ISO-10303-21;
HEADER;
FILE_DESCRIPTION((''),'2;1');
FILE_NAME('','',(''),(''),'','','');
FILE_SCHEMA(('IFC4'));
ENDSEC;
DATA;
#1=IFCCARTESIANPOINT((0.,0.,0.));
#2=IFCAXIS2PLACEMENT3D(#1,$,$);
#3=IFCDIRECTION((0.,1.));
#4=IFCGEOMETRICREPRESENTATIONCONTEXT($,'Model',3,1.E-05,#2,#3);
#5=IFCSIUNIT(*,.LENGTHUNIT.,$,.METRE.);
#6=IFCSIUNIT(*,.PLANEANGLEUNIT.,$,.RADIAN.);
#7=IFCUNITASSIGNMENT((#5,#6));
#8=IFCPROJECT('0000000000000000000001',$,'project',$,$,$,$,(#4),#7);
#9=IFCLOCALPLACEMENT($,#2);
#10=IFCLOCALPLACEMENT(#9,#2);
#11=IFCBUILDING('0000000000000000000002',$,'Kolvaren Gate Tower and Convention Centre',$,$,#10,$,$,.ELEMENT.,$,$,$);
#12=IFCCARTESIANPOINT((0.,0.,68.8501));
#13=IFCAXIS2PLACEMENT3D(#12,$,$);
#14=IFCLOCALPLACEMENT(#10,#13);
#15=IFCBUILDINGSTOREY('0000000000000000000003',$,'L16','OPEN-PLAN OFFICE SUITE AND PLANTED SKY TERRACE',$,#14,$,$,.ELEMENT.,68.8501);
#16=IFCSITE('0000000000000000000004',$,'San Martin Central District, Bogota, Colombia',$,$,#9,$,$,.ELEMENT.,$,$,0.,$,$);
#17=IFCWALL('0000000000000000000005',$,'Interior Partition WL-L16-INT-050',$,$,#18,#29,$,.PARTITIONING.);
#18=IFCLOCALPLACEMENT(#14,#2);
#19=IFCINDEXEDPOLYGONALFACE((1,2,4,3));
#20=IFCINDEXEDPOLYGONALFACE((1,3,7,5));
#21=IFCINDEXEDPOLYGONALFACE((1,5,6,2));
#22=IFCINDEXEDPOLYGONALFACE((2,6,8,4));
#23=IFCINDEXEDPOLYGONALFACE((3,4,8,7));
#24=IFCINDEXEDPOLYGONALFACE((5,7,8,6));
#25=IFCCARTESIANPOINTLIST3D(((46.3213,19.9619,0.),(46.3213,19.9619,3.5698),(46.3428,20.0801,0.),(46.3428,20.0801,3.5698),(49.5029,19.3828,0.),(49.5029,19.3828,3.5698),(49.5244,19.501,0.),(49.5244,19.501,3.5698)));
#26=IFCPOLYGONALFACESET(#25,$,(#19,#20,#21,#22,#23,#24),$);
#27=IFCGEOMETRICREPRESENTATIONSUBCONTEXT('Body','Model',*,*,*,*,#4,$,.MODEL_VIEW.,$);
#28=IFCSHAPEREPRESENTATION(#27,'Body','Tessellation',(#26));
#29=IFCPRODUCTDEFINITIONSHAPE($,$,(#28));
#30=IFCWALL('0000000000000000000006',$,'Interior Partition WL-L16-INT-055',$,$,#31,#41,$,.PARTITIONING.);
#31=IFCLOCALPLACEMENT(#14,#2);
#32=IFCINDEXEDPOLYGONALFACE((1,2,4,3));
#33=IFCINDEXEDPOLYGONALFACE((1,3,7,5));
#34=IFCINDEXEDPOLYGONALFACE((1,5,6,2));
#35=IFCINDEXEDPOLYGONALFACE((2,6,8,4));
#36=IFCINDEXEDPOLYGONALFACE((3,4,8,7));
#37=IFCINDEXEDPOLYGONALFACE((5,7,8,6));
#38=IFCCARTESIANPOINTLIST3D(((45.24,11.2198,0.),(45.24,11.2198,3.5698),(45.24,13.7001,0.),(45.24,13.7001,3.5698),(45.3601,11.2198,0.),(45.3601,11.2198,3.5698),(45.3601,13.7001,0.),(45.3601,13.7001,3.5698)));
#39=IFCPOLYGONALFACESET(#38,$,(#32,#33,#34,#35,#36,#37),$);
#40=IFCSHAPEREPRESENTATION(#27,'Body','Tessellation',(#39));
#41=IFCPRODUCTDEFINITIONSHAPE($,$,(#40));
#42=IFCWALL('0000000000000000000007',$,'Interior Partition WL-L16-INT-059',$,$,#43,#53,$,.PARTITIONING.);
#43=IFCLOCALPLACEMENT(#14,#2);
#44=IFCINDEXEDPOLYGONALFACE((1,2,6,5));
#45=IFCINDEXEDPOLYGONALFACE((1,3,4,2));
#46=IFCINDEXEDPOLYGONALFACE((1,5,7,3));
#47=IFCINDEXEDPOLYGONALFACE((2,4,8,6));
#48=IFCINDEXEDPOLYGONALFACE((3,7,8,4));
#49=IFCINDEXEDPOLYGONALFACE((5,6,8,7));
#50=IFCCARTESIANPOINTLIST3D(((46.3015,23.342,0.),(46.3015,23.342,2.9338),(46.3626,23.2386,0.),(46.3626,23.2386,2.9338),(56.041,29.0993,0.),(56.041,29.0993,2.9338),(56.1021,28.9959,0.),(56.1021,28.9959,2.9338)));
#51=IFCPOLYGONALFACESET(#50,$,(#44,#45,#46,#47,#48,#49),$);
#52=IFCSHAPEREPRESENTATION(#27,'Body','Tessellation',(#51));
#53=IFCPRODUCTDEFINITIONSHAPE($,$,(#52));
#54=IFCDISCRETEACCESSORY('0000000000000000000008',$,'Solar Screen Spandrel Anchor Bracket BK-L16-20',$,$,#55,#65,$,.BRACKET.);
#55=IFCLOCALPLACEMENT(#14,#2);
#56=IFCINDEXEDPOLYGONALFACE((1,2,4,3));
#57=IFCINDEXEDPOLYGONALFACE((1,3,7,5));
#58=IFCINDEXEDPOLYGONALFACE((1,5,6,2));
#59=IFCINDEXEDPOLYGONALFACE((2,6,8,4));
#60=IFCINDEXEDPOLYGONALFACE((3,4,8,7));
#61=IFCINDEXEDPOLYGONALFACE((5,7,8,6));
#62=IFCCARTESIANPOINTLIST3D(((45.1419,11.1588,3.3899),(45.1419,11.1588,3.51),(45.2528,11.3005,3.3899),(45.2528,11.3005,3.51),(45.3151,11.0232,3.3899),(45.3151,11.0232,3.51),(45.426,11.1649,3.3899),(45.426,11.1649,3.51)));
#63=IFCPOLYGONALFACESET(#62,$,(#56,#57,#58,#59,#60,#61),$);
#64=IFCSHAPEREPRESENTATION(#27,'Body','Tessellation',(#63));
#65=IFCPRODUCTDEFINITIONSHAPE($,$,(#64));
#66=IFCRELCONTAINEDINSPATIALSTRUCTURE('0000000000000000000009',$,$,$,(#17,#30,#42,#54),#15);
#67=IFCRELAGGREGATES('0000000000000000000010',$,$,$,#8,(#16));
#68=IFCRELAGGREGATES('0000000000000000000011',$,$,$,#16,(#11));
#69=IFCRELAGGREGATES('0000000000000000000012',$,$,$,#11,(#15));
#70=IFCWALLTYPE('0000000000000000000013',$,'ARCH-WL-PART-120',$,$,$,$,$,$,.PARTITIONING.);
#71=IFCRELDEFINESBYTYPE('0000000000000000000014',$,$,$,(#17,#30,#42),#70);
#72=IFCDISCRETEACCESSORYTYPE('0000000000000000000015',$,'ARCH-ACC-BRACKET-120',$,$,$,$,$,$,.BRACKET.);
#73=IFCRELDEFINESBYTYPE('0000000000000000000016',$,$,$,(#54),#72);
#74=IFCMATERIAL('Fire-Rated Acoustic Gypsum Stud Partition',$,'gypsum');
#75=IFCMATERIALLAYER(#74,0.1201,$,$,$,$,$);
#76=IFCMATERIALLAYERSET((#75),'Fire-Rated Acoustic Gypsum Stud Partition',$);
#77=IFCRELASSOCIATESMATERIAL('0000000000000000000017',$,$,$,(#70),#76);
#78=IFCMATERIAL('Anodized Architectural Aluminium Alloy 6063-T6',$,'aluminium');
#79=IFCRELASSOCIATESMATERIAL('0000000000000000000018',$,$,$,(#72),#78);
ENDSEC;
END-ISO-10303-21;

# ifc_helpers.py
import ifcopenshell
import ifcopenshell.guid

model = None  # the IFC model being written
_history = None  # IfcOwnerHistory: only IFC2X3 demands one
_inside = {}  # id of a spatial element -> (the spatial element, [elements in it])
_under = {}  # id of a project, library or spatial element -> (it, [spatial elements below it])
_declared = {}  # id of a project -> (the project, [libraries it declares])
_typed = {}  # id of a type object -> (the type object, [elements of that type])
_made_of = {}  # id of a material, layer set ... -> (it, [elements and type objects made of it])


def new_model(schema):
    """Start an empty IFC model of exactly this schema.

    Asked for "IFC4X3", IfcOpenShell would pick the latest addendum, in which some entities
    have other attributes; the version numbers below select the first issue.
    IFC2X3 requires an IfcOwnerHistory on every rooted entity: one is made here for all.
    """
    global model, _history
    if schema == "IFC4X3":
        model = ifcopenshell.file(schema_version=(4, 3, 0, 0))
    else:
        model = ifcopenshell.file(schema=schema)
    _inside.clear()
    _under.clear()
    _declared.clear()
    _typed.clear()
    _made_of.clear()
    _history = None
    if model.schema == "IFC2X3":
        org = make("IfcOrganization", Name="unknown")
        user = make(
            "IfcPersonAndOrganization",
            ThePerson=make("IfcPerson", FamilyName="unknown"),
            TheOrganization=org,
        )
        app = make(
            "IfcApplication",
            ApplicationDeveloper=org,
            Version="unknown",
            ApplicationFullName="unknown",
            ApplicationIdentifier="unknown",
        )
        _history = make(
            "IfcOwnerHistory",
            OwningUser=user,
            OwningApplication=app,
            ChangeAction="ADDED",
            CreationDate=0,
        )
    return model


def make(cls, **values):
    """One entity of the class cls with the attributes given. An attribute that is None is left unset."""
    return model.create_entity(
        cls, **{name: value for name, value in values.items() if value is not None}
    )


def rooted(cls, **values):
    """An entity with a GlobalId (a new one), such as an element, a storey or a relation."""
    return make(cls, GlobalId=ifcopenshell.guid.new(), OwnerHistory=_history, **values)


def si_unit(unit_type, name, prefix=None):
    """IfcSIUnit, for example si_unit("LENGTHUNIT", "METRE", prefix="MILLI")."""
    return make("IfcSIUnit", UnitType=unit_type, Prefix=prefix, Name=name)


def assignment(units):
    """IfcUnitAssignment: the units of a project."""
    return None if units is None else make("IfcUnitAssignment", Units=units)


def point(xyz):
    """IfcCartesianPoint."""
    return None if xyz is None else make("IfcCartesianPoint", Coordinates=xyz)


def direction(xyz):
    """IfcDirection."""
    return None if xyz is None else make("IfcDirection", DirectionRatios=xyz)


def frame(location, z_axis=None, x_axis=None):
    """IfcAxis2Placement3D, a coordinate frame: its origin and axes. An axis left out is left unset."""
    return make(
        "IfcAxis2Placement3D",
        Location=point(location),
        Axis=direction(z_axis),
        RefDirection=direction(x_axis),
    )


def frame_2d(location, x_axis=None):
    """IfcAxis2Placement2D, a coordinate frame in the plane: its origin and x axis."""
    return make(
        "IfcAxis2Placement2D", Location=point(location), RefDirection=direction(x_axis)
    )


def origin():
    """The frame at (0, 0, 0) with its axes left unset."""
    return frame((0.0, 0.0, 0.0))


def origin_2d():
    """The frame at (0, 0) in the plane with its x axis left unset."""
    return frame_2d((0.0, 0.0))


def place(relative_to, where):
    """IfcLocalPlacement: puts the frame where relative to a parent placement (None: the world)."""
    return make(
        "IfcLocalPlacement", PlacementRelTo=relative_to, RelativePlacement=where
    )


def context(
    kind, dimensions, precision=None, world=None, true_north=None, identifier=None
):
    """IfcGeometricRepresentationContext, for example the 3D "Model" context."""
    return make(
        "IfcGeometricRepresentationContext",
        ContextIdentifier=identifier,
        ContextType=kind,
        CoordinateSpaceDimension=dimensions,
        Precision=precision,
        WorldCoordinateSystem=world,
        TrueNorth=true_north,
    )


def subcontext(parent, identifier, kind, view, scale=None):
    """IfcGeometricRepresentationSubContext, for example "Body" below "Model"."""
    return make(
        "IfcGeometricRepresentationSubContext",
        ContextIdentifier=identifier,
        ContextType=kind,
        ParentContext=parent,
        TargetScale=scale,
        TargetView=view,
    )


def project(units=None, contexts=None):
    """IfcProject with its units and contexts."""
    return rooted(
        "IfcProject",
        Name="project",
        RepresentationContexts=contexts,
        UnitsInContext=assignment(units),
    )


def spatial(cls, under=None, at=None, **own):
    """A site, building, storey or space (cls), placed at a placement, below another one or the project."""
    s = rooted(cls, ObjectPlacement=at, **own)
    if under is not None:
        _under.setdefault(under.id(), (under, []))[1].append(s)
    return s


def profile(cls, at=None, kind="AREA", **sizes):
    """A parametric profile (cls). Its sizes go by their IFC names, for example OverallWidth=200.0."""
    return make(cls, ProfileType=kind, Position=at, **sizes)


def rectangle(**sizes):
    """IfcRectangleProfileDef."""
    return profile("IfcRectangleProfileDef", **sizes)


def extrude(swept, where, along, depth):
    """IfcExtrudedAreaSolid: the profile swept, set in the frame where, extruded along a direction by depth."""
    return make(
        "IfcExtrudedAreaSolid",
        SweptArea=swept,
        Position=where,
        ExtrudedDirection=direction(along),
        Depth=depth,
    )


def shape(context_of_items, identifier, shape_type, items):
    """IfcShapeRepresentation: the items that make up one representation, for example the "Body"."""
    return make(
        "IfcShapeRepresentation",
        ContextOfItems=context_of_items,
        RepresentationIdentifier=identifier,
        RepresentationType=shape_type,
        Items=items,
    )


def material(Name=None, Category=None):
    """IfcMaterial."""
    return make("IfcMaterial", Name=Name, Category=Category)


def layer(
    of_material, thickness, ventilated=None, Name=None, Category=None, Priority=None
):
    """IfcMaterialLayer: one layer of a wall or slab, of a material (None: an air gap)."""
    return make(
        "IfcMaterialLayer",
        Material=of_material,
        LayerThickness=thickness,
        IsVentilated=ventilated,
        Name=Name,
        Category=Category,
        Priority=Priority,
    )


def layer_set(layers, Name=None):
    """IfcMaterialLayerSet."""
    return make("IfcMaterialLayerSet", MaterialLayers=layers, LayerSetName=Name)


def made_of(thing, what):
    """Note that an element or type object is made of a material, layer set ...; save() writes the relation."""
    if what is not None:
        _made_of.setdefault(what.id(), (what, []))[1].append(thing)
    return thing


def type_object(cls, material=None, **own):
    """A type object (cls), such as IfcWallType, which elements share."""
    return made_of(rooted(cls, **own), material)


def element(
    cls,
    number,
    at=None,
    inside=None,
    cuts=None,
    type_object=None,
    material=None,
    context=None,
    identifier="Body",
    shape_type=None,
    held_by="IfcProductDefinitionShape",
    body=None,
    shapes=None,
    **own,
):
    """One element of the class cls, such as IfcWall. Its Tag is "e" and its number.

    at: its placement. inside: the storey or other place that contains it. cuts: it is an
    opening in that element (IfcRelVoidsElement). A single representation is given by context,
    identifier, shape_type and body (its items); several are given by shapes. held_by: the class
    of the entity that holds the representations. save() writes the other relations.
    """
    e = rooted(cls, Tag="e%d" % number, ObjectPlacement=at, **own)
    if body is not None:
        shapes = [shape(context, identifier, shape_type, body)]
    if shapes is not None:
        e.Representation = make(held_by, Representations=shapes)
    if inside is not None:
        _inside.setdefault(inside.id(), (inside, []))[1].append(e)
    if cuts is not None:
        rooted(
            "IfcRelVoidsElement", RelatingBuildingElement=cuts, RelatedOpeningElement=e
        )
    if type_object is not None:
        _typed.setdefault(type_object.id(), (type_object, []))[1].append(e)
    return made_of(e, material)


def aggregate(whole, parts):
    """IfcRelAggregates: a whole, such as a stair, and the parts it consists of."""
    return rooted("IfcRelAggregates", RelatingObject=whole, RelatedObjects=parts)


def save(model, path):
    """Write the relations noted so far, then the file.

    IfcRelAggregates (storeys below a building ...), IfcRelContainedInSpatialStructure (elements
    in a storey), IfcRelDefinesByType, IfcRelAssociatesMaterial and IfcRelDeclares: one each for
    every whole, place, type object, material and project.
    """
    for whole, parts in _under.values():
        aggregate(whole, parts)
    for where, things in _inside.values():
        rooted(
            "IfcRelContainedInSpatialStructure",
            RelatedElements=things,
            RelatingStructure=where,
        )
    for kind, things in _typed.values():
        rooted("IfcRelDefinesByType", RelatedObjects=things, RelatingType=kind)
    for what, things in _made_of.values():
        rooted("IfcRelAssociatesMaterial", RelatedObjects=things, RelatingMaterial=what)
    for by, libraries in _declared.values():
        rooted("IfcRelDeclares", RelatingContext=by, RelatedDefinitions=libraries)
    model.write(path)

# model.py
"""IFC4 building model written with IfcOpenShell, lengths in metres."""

from ifc_helpers import new_model, si_unit, direction, frame, frame_2d, origin, origin_2d, place, context, subcontext, project, spatial, rectangle, extrude, material, layer, layer_set, type_object, element, save


model = new_model("IFC4")

# Units and contexts
model_context = context("Model", 3, precision=1e-05, world=origin(), true_north=direction((0.0, 1.0)))
body_context = subcontext(model_context, "Body", "Model", "MODEL_VIEW")
ifc_project = project(units=[si_unit("LENGTHUNIT", "METRE"), si_unit("PLANEANGLEUNIT", "RADIAN")], contexts=[model_context])

# Site, building, storey
site_placement = place(None, origin())
site = spatial("IfcSite", under=ifc_project, at=site_placement, Name="San Martin Central District, Bogota, Colombia", CompositionType="ELEMENT", RefElevation=0.0)
building_placement = place(site_placement, origin())
building = spatial("IfcBuilding", under=site, at=building_placement, Name="Kolvaren Gate Tower and Convention Centre", CompositionType="ELEMENT")
storey_placement = place(building_placement, frame((0.0, 0.0, 68.8501)))
storey = spatial("IfcBuildingStorey", under=building, at=storey_placement, Name="L16", Description="OPEN-PLAN OFFICE SUITE AND PLANTED SKY TERRACE", CompositionType="ELEMENT", Elevation=68.8501)

# Shared definitions
ifc_material_1 = material(Name="Anodized Architectural Aluminium Alloy 6063-T6", Category="aluminium")

# Shared definitions
ifc_material_2 = material(Name="Fire-Rated Acoustic Gypsum Stud Partition", Category="gypsum")
ifc_layer_1 = layer(ifc_material_2, 0.1201)
ifc_layer_set_1 = layer_set([ifc_layer_1], Name="Fire-Rated Acoustic Gypsum Stud Partition")
wall_type = type_object("IfcWallType", Name="ARCH-WL-PART-120", PredefinedType="PARTITIONING", material=ifc_layer_set_1)

# Walls
wall_1_placement = place(storey_placement, frame((46.332, 20.021, 0.0), z_axis=(0.0, 0.0, 1.0), x_axis=(0.983836, -0.179071, 0.0)))
element("IfcWall", 1, at=wall_1_placement, inside=storey, type_object=wall_type, Name="Interior Partition WL-L16-INT-050", PredefinedType="PARTITIONING", context=body_context, shape_type="SweptSolid", body=[
    extrude(rectangle(XDim=3.2339, YDim=0.1201, at=frame_2d((1.6169, 0.0))), origin(), (0.0, 0.0, 1.0), 3.5698),
])
wall_2_placement = place(storey_placement, frame((45.3, 11.2197, 0.0), z_axis=(0.0, 0.0, 1.0), x_axis=(0.0, 1.0, 0.0)))
element("IfcWall", 2, at=wall_2_placement, inside=storey, type_object=wall_type, Name="Interior Partition WL-L16-INT-055", PredefinedType="PARTITIONING", context=body_context, shape_type="SweptSolid", body=[
    extrude(rectangle(XDim=2.4802, YDim=0.1201, at=frame_2d((1.2402, 0.0))), origin(), (0.0, 0.0, 1.0), 3.5698),
])
wall_3_placement = place(storey_placement, frame((46.332, 23.2903, 0.0), z_axis=(0.0, 0.0, 1.0), x_axis=(0.860843, 0.508871, 0.0)))
element("IfcWall", 3, at=wall_3_placement, inside=storey, type_object=wall_type, Name="Interior Partition WL-L16-INT-059", PredefinedType="PARTITIONING", context=body_context, shape_type="SweptSolid", body=[
    extrude(rectangle(XDim=11.314, YDim=0.1201, at=frame_2d((5.657, 0.0))), origin(), (0.0, 0.0, 1.0), 2.9338),
])

# Discrete accessory
discrete_accessory_type = type_object("IfcDiscreteAccessoryType", Name="ARCH-ACC-BRACKET-120", PredefinedType="BRACKET", material=ifc_material_1)
discrete_accessory_placement = place(storey_placement, frame((45.2839, 11.1619, 3.3899), z_axis=(0.0, 0.0, 1.0), x_axis=(0.616431, 0.787409, 0.0)))
element("IfcDiscreteAccessory", 4, at=discrete_accessory_placement, inside=storey, type_object=discrete_accessory_type, Name="Solar Screen Spandrel Anchor Bracket BK-L16-20", PredefinedType="BRACKET", context=body_context, shape_type="SweptSolid", body=[
    extrude(rectangle(XDim=0.1799, YDim=0.22, at=origin_2d()), origin(), (0.0, 0.0, 1.0), 0.1201),
])

save(model, "model.ifc")
